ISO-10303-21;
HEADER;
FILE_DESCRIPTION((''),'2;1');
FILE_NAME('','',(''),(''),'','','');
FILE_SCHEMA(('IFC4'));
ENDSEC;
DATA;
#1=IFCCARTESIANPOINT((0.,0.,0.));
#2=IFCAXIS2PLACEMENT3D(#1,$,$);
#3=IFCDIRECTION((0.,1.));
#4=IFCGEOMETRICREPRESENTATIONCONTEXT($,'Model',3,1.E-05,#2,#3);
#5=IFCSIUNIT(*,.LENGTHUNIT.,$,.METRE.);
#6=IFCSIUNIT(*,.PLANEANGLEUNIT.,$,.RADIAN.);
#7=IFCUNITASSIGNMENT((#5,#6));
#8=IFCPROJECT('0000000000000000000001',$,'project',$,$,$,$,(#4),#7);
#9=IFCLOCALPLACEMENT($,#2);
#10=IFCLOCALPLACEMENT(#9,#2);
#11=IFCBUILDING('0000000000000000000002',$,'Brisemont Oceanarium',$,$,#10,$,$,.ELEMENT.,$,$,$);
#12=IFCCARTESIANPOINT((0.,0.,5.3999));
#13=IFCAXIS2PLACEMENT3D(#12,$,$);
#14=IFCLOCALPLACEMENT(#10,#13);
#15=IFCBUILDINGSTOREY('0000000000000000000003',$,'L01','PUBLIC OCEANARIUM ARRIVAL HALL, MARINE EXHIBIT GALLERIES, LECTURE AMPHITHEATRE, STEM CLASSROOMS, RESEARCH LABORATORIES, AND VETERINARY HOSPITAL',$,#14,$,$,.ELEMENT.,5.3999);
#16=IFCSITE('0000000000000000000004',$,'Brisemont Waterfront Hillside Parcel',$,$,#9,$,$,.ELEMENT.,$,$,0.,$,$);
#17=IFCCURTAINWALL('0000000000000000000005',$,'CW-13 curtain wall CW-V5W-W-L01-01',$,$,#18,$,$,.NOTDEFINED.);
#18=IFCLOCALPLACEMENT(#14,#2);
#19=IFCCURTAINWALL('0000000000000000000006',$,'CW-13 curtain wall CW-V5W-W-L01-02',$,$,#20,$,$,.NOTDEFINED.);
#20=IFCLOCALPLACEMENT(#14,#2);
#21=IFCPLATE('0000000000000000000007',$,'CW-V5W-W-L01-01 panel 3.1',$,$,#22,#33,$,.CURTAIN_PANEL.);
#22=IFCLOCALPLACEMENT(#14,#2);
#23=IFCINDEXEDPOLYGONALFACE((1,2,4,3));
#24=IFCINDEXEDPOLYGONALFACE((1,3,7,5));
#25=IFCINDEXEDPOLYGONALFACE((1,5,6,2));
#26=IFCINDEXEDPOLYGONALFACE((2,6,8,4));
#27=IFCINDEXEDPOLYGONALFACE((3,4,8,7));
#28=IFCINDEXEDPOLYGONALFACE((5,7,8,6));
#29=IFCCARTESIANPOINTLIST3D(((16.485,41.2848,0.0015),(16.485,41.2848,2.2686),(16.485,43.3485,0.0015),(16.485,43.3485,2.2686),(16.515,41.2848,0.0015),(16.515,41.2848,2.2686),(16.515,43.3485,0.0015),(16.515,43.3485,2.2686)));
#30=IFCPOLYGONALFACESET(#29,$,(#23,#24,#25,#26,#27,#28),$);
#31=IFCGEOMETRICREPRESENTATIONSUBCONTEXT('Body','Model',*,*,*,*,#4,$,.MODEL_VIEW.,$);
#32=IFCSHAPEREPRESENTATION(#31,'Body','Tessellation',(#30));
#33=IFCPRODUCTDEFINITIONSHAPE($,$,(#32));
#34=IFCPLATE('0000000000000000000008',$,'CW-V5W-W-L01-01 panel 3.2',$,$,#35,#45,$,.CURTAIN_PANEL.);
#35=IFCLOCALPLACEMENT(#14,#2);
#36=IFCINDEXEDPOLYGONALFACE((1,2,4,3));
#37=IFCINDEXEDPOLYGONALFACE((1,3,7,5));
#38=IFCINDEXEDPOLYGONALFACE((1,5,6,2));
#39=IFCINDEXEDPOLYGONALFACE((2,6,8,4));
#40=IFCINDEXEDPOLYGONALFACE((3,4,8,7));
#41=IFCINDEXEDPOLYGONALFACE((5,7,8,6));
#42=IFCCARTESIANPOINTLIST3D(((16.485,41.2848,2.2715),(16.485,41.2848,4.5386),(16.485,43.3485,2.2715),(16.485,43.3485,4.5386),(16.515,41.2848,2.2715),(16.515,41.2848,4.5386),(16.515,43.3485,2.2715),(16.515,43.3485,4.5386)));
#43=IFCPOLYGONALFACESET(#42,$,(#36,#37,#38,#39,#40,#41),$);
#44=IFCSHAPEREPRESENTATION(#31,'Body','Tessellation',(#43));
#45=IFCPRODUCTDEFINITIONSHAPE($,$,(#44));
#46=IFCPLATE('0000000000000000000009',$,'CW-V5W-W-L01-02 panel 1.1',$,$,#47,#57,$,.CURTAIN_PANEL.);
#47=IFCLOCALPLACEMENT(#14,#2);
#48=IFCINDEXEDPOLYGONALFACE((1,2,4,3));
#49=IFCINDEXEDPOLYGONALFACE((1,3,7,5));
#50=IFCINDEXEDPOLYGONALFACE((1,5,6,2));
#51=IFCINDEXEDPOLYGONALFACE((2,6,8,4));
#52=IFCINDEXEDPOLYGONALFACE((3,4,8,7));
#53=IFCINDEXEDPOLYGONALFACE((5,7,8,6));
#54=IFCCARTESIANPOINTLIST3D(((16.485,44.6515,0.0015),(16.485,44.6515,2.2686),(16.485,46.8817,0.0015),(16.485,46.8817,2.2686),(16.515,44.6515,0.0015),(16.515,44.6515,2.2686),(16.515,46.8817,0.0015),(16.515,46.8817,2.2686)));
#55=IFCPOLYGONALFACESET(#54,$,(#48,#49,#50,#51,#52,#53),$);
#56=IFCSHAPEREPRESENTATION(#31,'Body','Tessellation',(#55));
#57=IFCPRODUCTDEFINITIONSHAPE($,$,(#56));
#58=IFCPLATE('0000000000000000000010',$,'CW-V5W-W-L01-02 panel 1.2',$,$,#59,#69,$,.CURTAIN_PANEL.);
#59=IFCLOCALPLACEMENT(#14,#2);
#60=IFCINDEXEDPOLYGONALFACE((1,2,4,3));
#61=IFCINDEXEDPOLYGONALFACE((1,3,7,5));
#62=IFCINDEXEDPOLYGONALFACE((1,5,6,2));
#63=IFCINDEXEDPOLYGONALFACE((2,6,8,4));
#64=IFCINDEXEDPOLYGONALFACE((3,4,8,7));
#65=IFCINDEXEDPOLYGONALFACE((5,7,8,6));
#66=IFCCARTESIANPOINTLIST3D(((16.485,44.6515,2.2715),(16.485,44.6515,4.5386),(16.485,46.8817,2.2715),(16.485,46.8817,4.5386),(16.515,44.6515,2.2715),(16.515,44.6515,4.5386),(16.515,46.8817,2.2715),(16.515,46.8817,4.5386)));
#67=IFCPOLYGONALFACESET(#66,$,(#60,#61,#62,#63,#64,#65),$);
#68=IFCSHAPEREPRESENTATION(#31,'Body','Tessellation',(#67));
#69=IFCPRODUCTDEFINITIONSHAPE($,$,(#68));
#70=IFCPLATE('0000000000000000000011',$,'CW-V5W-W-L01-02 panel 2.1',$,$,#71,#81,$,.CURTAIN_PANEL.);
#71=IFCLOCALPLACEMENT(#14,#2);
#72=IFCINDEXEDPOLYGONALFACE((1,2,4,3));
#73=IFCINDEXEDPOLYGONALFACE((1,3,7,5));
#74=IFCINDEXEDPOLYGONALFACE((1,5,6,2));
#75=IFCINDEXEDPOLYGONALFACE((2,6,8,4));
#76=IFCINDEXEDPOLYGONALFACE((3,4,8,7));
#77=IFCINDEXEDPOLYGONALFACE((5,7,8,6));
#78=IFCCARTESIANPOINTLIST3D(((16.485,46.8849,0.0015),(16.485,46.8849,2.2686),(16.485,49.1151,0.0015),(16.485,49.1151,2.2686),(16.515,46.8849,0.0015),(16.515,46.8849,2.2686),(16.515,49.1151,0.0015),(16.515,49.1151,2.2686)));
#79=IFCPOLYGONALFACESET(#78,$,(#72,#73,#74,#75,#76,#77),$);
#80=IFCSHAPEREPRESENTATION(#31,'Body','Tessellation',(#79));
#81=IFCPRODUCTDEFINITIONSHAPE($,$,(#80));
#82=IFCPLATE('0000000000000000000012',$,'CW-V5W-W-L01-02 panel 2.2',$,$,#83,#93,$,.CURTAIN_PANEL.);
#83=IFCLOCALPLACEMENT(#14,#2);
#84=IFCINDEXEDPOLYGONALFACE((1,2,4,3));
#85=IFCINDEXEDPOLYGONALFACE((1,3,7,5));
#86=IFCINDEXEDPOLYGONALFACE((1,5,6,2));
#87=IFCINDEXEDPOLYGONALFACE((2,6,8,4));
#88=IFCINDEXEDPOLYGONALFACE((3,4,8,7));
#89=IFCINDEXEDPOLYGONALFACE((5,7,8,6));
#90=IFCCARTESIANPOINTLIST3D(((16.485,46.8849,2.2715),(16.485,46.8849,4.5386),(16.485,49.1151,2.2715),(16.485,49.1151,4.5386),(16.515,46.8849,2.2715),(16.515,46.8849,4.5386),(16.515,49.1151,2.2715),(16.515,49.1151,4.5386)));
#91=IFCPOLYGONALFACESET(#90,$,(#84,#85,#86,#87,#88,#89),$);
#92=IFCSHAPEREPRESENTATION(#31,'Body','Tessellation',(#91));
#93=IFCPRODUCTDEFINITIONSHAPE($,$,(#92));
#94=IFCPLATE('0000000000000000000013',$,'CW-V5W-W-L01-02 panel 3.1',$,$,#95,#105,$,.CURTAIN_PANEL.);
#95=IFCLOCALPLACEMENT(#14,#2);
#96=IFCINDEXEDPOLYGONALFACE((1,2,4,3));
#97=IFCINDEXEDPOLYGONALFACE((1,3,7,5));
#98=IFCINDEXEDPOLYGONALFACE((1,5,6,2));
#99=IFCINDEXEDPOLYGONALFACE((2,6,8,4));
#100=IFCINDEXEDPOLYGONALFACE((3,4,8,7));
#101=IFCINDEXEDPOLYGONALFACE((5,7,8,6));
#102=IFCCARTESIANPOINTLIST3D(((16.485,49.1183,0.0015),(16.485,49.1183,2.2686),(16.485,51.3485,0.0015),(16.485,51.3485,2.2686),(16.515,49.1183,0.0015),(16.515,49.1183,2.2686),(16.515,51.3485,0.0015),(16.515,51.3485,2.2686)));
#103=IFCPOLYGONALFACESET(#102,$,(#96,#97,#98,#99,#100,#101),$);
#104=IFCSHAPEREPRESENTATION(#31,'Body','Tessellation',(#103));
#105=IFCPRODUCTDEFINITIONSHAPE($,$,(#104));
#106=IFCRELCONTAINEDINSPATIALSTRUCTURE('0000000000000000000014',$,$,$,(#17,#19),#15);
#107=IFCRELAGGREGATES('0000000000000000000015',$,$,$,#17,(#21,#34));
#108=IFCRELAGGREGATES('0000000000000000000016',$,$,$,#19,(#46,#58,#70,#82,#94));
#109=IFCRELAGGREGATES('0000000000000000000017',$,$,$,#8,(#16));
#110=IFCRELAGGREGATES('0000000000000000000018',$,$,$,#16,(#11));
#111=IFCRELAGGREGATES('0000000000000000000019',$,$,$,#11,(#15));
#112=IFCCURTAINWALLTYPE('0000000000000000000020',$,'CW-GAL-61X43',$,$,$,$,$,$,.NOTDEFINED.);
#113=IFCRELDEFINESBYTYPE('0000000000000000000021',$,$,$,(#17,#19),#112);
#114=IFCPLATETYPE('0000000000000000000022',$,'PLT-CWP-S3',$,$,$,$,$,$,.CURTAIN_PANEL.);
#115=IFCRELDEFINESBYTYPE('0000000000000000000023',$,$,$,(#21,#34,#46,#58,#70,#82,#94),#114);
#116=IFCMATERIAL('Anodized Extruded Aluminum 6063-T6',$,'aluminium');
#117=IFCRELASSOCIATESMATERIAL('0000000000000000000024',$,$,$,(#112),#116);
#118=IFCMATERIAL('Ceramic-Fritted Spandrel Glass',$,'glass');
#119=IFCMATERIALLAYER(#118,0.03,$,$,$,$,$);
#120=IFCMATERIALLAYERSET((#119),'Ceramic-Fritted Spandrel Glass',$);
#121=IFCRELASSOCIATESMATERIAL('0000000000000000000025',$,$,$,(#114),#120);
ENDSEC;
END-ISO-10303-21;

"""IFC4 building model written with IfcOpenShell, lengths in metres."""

from ifc_helpers import new_model, si_unit, direction, frame, origin, origin_2d, place, context, subcontext, project, spatial, rectangle, extrude, material, layer, layer_set, type_object, element, aggregate, save


model = new_model("IFC4")

# Units and contexts
model_context = context("Model", 3, precision=1e-05, world=origin(), true_north=direction((0.0, 1.0)))
body_context = subcontext(model_context, "Body", "Model", "MODEL_VIEW")
ifc_project = project(units=[si_unit("LENGTHUNIT", "METRE"), si_unit("PLANEANGLEUNIT", "RADIAN")], contexts=[model_context])

# Site, building, storey
site_placement = place(None, origin())
site = spatial("IfcSite", under=ifc_project, at=site_placement, Name="Brisemont Waterfront Hillside Parcel", CompositionType="ELEMENT", RefElevation=0.0)
building_placement = place(site_placement, origin())
building = spatial("IfcBuilding", under=site, at=building_placement, Name="Brisemont Oceanarium", CompositionType="ELEMENT")
storey_placement = place(building_placement, frame((0.0, 0.0, 5.3999)))
storey = spatial("IfcBuildingStorey", under=building, at=storey_placement, Name="L01", Description="PUBLIC OCEANARIUM ARRIVAL HALL, MARINE EXHIBIT GALLERIES, LECTURE AMPHITHEATRE, STEM CLASSROOMS, RESEARCH LABORATORIES, AND VETERINARY HOSPITAL", CompositionType="ELEMENT", Elevation=5.3999)

# Curtain walls
ifc_material_1 = material(Name="Anodized Extruded Aluminum 6063-T6", Category="aluminium")
curtain_wall_type = type_object("IfcCurtainWallType", Name="CW-GAL-61X43", PredefinedType="NOTDEFINED", material=ifc_material_1)
curtain_wall_1_placement = place(storey_placement, origin())
curtain_wall_1 = element("IfcCurtainWall", 1, at=curtain_wall_1_placement, inside=storey, type_object=curtain_wall_type, Name="CW-13 curtain wall CW-V5W-W-L01-01", PredefinedType="NOTDEFINED")
curtain_wall_2_placement = place(storey_placement, origin())
curtain_wall_2 = element("IfcCurtainWall", 2, at=curtain_wall_2_placement, inside=storey, type_object=curtain_wall_type, Name="CW-13 curtain wall CW-V5W-W-L01-02", PredefinedType="NOTDEFINED")

# Plates
ifc_material_2 = material(Name="Ceramic-Fritted Spandrel Glass", Category="glass")
ifc_layer = layer(ifc_material_2, 0.03)
ifc_layer_set = layer_set([ifc_layer], Name="Ceramic-Fritted Spandrel Glass")
plate_type = type_object("IfcPlateType", Name="PLT-CWP-S3", PredefinedType="CURTAIN_PANEL", material=ifc_layer_set)
plate_1_placement = place(storey_placement, frame((16.5, 42.3167, 0.0015), z_axis=(0.0, 0.0, 1.0), x_axis=(0.0, 1.0, 0.0)))
plate_1 = element("IfcPlate", 3, at=plate_1_placement, type_object=plate_type, Name="CW-V5W-W-L01-01 panel 3.1", PredefinedType="CURTAIN_PANEL", context=body_context, shape_type="SweptSolid", body=[
    extrude(rectangle(XDim=2.0637, YDim=0.03, at=origin_2d()), origin(), (0.0, 0.0, 1.0), 2.2671),
])
plate_2_placement = place(storey_placement, frame((16.5, 42.3167, 2.2715), z_axis=(0.0, 0.0, 1.0), x_axis=(0.0, 1.0, 0.0)))
plate_2 = element("IfcPlate", 4, at=plate_2_placement, type_object=plate_type, Name="CW-V5W-W-L01-01 panel 3.2", PredefinedType="CURTAIN_PANEL", context=body_context, shape_type="SweptSolid", body=[
    extrude(rectangle(XDim=2.0637, YDim=0.03, at=origin_2d()), origin(), (0.0, 0.0, 1.0), 2.2671),
])
aggregate(curtain_wall_1, [plate_1, plate_2])
plate_3_placement = place(storey_placement, frame((16.5, 45.7666, 0.0015), z_axis=(0.0, 0.0, 1.0), x_axis=(0.0, 1.0, 0.0)))
plate_3 = element("IfcPlate", 5, at=plate_3_placement, type_object=plate_type, Name="CW-V5W-W-L01-02 panel 1.1", PredefinedType="CURTAIN_PANEL", context=body_context, shape_type="SweptSolid", body=[
    extrude(rectangle(XDim=2.2302, YDim=0.03, at=origin_2d()), origin(), (0.0, 0.0, 1.0), 2.2671),
])
plate_4_placement = place(storey_placement, frame((16.5, 45.7666, 2.2715), z_axis=(0.0, 0.0, 1.0), x_axis=(0.0, 1.0, 0.0)))
plate_4 = element("IfcPlate", 6, at=plate_4_placement, type_object=plate_type, Name="CW-V5W-W-L01-02 panel 1.2", PredefinedType="CURTAIN_PANEL", context=body_context, shape_type="SweptSolid", body=[
    extrude(rectangle(XDim=2.2302, YDim=0.03, at=origin_2d()), origin(), (0.0, 0.0, 1.0), 2.2671),
])
plate_5_placement = place(storey_placement, frame((16.5, 48.0, 0.0015), z_axis=(0.0, 0.0, 1.0), x_axis=(0.0, 1.0, 0.0)))
plate_5 = element("IfcPlate", 7, at=plate_5_placement, type_object=plate_type, Name="CW-V5W-W-L01-02 panel 2.1", PredefinedType="CURTAIN_PANEL", context=body_context, shape_type="SweptSolid", body=[
    extrude(rectangle(XDim=2.2302, YDim=0.03, at=origin_2d()), origin(), (0.0, 0.0, 1.0), 2.2671),
])
plate_6_placement = place(storey_placement, frame((16.5, 48.0, 2.2715), z_axis=(0.0, 0.0, 1.0), x_axis=(0.0, 1.0, 0.0)))
plate_6 = element("IfcPlate", 8, at=plate_6_placement, type_object=plate_type, Name="CW-V5W-W-L01-02 panel 2.2", PredefinedType="CURTAIN_PANEL", context=body_context, shape_type="SweptSolid", body=[
    extrude(rectangle(XDim=2.2302, YDim=0.03, at=origin_2d()), origin(), (0.0, 0.0, 1.0), 2.2671),
])
plate_7_placement = place(storey_placement, frame((16.5, 50.2334, 0.0015), z_axis=(0.0, 0.0, 1.0), x_axis=(0.0, 1.0, 0.0)))
plate_7 = element("IfcPlate", 9, at=plate_7_placement, type_object=plate_type, Name="CW-V5W-W-L01-02 panel 3.1", PredefinedType="CURTAIN_PANEL", context=body_context, shape_type="SweptSolid", body=[
    extrude(rectangle(XDim=2.2302, YDim=0.03, at=origin_2d()), origin(), (0.0, 0.0, 1.0), 2.2671),
])
aggregate(curtain_wall_2, [plate_3, plate_4, plate_5, plate_6, plate_7])

save(model, "model.ifc")
